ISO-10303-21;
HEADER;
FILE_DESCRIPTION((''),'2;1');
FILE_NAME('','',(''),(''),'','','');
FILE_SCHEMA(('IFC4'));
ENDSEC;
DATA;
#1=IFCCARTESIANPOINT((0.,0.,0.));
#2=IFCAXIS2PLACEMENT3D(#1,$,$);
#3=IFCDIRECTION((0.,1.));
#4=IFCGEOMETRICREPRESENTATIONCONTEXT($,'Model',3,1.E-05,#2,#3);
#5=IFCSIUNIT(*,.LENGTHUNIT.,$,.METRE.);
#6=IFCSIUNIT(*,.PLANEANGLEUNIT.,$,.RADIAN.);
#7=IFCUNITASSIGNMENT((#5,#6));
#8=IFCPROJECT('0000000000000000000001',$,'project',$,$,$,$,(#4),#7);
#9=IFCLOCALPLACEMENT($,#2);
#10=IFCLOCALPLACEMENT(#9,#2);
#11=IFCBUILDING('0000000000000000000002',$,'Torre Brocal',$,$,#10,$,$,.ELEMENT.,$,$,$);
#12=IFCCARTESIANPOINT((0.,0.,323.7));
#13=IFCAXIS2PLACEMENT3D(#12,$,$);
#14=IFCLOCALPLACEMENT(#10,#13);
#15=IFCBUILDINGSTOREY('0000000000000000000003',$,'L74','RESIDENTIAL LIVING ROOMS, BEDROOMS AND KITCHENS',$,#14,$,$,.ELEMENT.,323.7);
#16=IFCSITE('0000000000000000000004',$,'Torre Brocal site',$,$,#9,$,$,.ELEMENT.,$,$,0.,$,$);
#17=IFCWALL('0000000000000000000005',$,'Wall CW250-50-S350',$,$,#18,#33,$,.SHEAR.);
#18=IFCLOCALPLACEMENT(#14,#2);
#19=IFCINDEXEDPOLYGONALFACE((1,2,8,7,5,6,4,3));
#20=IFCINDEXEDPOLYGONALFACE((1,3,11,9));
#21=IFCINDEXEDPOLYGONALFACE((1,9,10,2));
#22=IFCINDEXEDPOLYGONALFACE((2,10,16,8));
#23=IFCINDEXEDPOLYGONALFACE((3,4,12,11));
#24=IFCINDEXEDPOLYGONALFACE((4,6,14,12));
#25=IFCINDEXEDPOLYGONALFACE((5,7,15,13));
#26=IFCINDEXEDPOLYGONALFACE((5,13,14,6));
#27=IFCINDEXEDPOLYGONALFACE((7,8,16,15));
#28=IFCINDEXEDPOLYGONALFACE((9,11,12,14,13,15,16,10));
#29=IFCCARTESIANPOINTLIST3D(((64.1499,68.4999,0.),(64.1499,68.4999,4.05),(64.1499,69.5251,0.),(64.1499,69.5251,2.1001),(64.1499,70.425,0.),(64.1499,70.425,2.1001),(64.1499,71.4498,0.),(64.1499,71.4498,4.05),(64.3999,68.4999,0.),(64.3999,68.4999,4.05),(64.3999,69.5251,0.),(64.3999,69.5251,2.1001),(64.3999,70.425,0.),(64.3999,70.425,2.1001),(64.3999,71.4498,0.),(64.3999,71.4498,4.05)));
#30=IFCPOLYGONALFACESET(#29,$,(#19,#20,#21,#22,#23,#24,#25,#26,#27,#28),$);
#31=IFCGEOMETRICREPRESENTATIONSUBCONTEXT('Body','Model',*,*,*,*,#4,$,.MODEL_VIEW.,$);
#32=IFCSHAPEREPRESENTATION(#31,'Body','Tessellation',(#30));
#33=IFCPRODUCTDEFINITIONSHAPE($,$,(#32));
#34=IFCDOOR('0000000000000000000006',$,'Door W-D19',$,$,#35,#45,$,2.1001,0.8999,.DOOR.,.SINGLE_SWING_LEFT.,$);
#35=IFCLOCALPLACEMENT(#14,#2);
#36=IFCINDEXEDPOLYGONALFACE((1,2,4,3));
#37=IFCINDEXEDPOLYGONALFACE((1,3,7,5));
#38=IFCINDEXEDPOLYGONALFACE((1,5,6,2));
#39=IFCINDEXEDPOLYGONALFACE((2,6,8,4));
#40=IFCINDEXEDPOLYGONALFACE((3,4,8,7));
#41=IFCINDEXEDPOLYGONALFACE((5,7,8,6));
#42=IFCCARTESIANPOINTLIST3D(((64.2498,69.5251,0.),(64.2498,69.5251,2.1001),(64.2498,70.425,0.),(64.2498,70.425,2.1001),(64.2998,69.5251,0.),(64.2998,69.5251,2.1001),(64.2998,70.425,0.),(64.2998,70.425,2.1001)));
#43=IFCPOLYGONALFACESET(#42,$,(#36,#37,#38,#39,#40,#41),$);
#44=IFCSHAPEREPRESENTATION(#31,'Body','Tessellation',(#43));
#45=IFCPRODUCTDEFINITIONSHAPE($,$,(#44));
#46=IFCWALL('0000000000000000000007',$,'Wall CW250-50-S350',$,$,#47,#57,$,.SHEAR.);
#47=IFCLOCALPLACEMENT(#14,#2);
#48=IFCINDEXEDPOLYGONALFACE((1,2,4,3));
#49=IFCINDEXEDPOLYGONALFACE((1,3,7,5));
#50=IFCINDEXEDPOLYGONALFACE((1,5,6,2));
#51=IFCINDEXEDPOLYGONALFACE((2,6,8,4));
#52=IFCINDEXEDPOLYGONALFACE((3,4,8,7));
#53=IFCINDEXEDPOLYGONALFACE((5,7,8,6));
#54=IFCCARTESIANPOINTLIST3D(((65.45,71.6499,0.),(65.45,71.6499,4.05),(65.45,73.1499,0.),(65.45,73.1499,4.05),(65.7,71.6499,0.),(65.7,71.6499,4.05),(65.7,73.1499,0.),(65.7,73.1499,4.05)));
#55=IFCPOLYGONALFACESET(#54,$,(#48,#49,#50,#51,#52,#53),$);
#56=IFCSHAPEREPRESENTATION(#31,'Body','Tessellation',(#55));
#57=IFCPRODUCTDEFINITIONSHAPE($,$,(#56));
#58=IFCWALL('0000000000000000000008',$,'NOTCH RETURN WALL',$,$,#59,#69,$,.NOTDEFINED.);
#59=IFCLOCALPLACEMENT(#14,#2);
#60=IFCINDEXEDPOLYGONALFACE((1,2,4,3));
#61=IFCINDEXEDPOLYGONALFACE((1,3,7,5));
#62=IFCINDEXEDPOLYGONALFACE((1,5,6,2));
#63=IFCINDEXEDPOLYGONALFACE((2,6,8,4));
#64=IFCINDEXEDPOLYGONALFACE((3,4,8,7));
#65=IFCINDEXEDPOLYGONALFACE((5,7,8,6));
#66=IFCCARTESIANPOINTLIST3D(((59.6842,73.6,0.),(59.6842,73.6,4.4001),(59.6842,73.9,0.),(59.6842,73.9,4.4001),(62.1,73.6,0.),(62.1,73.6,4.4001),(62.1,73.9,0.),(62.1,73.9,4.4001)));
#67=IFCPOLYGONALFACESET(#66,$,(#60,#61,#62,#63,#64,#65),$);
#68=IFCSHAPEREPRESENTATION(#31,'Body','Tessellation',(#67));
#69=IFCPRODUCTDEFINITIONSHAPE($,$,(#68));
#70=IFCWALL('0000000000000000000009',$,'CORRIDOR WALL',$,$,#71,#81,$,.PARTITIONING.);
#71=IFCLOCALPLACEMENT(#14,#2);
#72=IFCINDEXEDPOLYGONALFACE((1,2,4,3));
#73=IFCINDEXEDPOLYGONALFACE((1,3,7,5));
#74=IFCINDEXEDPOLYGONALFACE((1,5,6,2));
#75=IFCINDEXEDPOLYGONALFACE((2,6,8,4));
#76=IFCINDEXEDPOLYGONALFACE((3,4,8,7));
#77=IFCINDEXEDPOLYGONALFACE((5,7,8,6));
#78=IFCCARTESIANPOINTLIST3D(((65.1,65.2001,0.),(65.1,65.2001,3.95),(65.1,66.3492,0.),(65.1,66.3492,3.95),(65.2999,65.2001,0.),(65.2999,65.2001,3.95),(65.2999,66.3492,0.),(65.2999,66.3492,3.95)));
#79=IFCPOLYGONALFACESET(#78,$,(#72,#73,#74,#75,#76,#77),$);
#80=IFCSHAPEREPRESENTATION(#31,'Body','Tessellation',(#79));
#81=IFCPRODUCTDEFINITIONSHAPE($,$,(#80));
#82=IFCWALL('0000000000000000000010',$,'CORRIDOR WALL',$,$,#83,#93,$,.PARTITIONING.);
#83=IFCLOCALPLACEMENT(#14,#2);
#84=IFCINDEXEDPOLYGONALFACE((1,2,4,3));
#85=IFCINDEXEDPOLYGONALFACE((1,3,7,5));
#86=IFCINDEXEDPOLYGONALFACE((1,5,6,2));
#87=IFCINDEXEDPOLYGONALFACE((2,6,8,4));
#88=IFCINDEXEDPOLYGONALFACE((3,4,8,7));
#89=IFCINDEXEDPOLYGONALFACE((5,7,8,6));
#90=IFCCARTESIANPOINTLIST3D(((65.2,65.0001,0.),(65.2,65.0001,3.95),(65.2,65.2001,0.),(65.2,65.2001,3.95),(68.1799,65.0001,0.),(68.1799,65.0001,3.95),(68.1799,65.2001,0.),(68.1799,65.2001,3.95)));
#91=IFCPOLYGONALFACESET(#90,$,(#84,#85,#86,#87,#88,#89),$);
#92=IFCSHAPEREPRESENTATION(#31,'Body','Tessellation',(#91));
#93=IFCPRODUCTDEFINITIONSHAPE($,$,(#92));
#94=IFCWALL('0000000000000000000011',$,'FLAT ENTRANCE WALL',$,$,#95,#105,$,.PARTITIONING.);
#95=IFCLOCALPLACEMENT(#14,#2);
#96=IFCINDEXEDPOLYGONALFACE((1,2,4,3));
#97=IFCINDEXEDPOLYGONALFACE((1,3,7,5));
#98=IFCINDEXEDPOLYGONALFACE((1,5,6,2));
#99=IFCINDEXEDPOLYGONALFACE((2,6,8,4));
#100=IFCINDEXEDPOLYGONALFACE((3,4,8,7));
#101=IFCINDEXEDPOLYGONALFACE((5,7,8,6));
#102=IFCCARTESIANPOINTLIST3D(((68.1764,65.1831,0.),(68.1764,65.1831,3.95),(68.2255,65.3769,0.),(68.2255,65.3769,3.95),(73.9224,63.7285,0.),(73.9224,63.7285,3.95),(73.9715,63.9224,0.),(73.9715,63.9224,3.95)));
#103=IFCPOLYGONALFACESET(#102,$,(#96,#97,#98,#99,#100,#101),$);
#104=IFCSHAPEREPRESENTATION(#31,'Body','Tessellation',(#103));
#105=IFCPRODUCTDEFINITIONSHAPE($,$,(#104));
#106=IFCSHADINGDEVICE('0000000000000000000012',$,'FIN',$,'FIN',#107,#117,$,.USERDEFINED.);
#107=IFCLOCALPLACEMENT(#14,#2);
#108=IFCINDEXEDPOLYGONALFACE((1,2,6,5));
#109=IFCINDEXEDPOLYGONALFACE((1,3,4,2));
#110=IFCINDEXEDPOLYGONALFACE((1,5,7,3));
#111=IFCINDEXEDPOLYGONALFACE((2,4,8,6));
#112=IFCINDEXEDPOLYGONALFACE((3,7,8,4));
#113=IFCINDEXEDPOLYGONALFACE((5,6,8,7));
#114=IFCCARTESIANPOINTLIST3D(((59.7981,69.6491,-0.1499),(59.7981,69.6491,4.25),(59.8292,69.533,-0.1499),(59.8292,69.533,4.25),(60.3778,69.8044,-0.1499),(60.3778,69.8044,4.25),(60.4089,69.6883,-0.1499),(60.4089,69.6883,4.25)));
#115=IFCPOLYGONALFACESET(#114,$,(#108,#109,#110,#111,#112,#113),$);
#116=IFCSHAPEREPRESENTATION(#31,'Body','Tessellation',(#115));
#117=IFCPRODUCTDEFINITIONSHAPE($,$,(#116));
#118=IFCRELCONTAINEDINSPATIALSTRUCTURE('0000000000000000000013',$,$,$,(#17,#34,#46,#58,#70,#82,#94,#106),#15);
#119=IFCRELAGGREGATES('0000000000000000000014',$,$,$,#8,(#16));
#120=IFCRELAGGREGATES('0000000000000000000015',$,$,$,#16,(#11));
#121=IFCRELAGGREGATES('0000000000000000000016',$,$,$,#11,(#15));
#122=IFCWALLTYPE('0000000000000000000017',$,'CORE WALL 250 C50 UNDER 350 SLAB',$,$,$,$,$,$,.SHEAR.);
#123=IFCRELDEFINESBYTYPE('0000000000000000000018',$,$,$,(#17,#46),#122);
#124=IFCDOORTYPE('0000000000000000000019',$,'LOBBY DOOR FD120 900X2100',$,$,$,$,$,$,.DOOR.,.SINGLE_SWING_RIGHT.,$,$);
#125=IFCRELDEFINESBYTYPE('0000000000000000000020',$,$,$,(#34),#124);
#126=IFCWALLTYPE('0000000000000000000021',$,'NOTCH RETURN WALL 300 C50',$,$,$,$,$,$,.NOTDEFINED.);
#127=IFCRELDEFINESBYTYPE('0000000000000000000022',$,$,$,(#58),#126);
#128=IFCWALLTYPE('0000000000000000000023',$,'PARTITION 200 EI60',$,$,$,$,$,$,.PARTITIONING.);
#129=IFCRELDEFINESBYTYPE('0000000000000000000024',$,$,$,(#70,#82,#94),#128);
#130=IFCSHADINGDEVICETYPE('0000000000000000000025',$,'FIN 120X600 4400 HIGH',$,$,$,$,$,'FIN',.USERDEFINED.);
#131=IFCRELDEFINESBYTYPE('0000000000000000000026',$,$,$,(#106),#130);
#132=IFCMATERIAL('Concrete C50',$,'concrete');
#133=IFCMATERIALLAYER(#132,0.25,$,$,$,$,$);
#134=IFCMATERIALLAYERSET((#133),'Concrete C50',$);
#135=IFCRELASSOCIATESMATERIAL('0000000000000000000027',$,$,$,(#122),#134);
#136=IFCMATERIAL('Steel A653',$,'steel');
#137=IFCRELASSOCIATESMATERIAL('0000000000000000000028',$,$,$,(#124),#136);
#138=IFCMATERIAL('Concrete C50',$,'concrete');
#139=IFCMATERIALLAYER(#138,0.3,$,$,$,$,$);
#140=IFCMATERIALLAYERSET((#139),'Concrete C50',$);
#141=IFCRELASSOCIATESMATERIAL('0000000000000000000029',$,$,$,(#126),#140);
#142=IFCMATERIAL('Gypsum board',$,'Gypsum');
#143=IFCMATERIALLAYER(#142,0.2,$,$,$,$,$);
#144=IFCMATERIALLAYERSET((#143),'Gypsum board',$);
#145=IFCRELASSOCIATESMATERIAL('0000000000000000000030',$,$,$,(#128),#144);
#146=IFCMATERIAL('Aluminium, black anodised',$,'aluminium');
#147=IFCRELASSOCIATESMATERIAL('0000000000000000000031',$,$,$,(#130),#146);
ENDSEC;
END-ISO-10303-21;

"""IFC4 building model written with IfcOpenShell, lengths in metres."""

from ifc_helpers import new_model, si_unit, direction, frame, frame_2d, origin, origin_2d, place, context, subcontext, project, spatial, rectangle, extrude, material, layer, layer_set, material_profile, profile_set, type_object, element, fill, save


model = new_model("IFC4")

# Units and contexts
model_context = context("Model", 3, precision=1e-05, world=origin(), true_north=direction((0.0, 1.0)))
body_context = subcontext(model_context, "Body", "Model", "MODEL_VIEW")
ifc_project = project(units=[si_unit("LENGTHUNIT", "METRE"), si_unit("PLANEANGLEUNIT", "RADIAN")], contexts=[model_context])

# Site, building, storey
site_placement = place(None, origin())
site = spatial("IfcSite", under=ifc_project, at=site_placement, Name="Torre Brocal site", CompositionType="ELEMENT", RefElevation=0.0)
building_placement = place(site_placement, origin())
building = spatial("IfcBuilding", under=site, at=building_placement, Name="Torre Brocal", CompositionType="ELEMENT")
storey_placement = place(building_placement, frame((0.0, 0.0, 323.7)))
storey = spatial("IfcBuildingStorey", under=building, at=storey_placement, Name="L74", Description="RESIDENTIAL LIVING ROOMS, BEDROOMS AND KITCHENS", CompositionType="ELEMENT", Elevation=323.7)

# Wall, opening, door
ifc_material_1 = material(Name="Concrete C50", Category="concrete")
ifc_layer_1 = layer(ifc_material_1, 0.25)
ifc_layer_set_1 = layer_set([ifc_layer_1], Name="Concrete C50")
wall_type_1 = type_object("IfcWallType", Name="CORE WALL 250 C50 UNDER 350 SLAB", PredefinedType="SHEAR", material=ifc_layer_set_1)
wall_1_placement = place(storey_placement, frame((64.2749, 71.45, 0.0), z_axis=(0.0, 0.0, 1.0), x_axis=(0.0, -1.0, 0.0)))
wall_1 = element("IfcWall", 1, at=wall_1_placement, inside=storey, type_object=wall_type_1, Name="Wall CW250-50-S350", PredefinedType="SHEAR", context=body_context, shape_type="SweptSolid", body=[
    extrude(rectangle(XDim=2.95, YDim=0.25, at=frame_2d((1.4751, 0.0))), origin(), (0.0, 0.0, 1.0), 4.05),
])
opening_placement = place(wall_1_placement, frame((1.0249, 0.0, 0.0)))
opening = element("IfcOpeningElement", 2, at=opening_placement, cuts=wall_1, PredefinedType="OPENING", context=body_context, shape_type="SweptSolid", body=[
    extrude(rectangle(XDim=0.8999, YDim=2.1001, at=frame_2d((0.45, 1.05))), frame((0.0, 0.135, 0.0), z_axis=(0.0, -1.0, 0.0), x_axis=(1.0, 0.0, 0.0)), (0.0, 0.0, 1.0), 0.27),
])
ifc_material_2 = material(Name="Steel A653", Category="steel")
door_type = type_object("IfcDoorType", Name="LOBBY DOOR FD120 900X2100", OperationType="SINGLE_SWING_RIGHT", PredefinedType="DOOR", material=ifc_material_2)
door_placement = place(opening_placement, origin())
door = element("IfcDoor", 3, at=door_placement, inside=storey, type_object=door_type, Name="Door W-D19", OperationType="SINGLE_SWING_LEFT", OverallHeight=2.1001, OverallWidth=0.8999, PredefinedType="DOOR", context=body_context, shape_type="SweptSolid", body=[
    extrude(rectangle(XDim=0.8999, YDim=2.1001, at=frame_2d((0.45, 1.05))), frame((0.0, 0.0249, 0.0), z_axis=(0.0, -1.0, 0.0), x_axis=(1.0, 0.0, 0.0)), (0.0, 0.0, 1.0), 0.05),
])
fill(opening, door)

# Walls
wall_2_placement = place(storey_placement, frame((65.575, 73.1499, 0.0), z_axis=(0.0, 0.0, 1.0), x_axis=(0.0, -1.0, 0.0)))
element("IfcWall", 4, at=wall_2_placement, inside=storey, type_object=wall_type_1, Name="Wall CW250-50-S350", PredefinedType="SHEAR", context=body_context, shape_type="SweptSolid", body=[
    extrude(rectangle(XDim=1.5, YDim=0.25, at=frame_2d((0.75, 0.0))), origin(), (0.0, 0.0, 1.0), 4.05),
])
ifc_material_3 = material(Name="Concrete C50", Category="concrete")
ifc_layer_2 = layer(ifc_material_3, 0.3)
ifc_layer_set_2 = layer_set([ifc_layer_2], Name="Concrete C50")
wall_type_2 = type_object("IfcWallType", Name="NOTCH RETURN WALL 300 C50", PredefinedType="NOTDEFINED", material=ifc_layer_set_2)
wall_3_placement = place(storey_placement, frame((62.1001, 73.75, 0.0), z_axis=(0.0, 0.0, 1.0), x_axis=(-1.0, 0.0, 0.0)))
element("IfcWall", 5, at=wall_3_placement, inside=storey, type_object=wall_type_2, Name="NOTCH RETURN WALL", PredefinedType="NOTDEFINED", context=body_context, shape_type="SweptSolid", body=[
    extrude(rectangle(XDim=2.4158, YDim=0.3, at=frame_2d((1.208, 0.0))), origin(), (0.0, 0.0, 1.0), 4.4001),
])
ifc_material_4 = material(Name="Gypsum board", Category="Gypsum")
ifc_layer_3 = layer(ifc_material_4, 0.2)
ifc_layer_set_3 = layer_set([ifc_layer_3], Name="Gypsum board")
wall_type_3 = type_object("IfcWallType", Name="PARTITION 200 EI60", PredefinedType="PARTITIONING", material=ifc_layer_set_3)
wall_4_placement = place(storey_placement, frame((65.2, 65.2, 0.0), z_axis=(0.0, 0.0, 1.0), x_axis=(0.0, 1.0, 0.0)))
element("IfcWall", 6, at=wall_4_placement, inside=storey, type_object=wall_type_3, Name="CORRIDOR WALL", PredefinedType="PARTITIONING", context=body_context, shape_type="SweptSolid", body=[
    extrude(rectangle(XDim=1.1492, YDim=0.2, at=frame_2d((0.5747, 0.0))), origin(), (0.0, 0.0, 1.0), 3.95),
])
wall_5_placement = place(storey_placement, frame((65.2, 65.1001, 0.0), z_axis=(0.0, 0.0, 1.0), x_axis=(1.0, 0.0, 0.0)))
element("IfcWall", 7, at=wall_5_placement, inside=storey, type_object=wall_type_3, Name="CORRIDOR WALL", PredefinedType="PARTITIONING", context=body_context, shape_type="SweptSolid", body=[
    extrude(rectangle(XDim=2.98, YDim=0.2, at=frame_2d((1.49, 0.0))), origin(), (0.0, 0.0, 1.0), 3.95),
])
wall_6_placement = place(storey_placement, frame((68.2009, 65.28, 0.0), z_axis=(0.0, 0.0, 1.0), x_axis=(0.969421, -0.245403, 0.0)))
element("IfcWall", 8, at=wall_6_placement, inside=storey, type_object=wall_type_3, Name="FLAT ENTRANCE WALL", PredefinedType="PARTITIONING", context=body_context, shape_type="SweptSolid", body=[
    extrude(rectangle(XDim=5.9272, YDim=0.2, at=frame_2d((2.9636, 0.0))), origin(), (0.0, 0.0, 1.0), 3.95),
])

# Shading device
ifc_material_5 = material(Name="Aluminium, black anodised", Category="aluminium")
ifc_material_profile_1 = material_profile(ifc_material_5, rectangle(XDim=0.1201, YDim=0.6001, at=origin_2d()), Name="FIN 120X600 4400 HIGH")
ifc_profile_set_1 = profile_set([ifc_material_profile_1], Name="Aluminium, black anodised")
shading_device_type = type_object("IfcShadingDeviceType", Name="FIN 120X600 4400 HIGH", ElementType="FIN", PredefinedType="USERDEFINED", material=ifc_profile_set_1)
shading_device_placement = place(storey_placement, frame((60.1035, 69.6687, -0.1499), z_axis=(0.0, 0.0, 1.0), x_axis=(0.258819, -0.965926, 0.0)))
element("IfcShadingDevice", 9, at=shading_device_placement, inside=storey, type_object=shading_device_type, Name="FIN", ObjectType="FIN", PredefinedType="USERDEFINED", context=body_context, shape_type="SweptSolid", body=[
    extrude(rectangle(XDim=0.1201, YDim=0.6001, at=origin_2d()), origin(), (0.0, 0.0, 1.0), 4.3999),
])

save(model, "model.ifc")
